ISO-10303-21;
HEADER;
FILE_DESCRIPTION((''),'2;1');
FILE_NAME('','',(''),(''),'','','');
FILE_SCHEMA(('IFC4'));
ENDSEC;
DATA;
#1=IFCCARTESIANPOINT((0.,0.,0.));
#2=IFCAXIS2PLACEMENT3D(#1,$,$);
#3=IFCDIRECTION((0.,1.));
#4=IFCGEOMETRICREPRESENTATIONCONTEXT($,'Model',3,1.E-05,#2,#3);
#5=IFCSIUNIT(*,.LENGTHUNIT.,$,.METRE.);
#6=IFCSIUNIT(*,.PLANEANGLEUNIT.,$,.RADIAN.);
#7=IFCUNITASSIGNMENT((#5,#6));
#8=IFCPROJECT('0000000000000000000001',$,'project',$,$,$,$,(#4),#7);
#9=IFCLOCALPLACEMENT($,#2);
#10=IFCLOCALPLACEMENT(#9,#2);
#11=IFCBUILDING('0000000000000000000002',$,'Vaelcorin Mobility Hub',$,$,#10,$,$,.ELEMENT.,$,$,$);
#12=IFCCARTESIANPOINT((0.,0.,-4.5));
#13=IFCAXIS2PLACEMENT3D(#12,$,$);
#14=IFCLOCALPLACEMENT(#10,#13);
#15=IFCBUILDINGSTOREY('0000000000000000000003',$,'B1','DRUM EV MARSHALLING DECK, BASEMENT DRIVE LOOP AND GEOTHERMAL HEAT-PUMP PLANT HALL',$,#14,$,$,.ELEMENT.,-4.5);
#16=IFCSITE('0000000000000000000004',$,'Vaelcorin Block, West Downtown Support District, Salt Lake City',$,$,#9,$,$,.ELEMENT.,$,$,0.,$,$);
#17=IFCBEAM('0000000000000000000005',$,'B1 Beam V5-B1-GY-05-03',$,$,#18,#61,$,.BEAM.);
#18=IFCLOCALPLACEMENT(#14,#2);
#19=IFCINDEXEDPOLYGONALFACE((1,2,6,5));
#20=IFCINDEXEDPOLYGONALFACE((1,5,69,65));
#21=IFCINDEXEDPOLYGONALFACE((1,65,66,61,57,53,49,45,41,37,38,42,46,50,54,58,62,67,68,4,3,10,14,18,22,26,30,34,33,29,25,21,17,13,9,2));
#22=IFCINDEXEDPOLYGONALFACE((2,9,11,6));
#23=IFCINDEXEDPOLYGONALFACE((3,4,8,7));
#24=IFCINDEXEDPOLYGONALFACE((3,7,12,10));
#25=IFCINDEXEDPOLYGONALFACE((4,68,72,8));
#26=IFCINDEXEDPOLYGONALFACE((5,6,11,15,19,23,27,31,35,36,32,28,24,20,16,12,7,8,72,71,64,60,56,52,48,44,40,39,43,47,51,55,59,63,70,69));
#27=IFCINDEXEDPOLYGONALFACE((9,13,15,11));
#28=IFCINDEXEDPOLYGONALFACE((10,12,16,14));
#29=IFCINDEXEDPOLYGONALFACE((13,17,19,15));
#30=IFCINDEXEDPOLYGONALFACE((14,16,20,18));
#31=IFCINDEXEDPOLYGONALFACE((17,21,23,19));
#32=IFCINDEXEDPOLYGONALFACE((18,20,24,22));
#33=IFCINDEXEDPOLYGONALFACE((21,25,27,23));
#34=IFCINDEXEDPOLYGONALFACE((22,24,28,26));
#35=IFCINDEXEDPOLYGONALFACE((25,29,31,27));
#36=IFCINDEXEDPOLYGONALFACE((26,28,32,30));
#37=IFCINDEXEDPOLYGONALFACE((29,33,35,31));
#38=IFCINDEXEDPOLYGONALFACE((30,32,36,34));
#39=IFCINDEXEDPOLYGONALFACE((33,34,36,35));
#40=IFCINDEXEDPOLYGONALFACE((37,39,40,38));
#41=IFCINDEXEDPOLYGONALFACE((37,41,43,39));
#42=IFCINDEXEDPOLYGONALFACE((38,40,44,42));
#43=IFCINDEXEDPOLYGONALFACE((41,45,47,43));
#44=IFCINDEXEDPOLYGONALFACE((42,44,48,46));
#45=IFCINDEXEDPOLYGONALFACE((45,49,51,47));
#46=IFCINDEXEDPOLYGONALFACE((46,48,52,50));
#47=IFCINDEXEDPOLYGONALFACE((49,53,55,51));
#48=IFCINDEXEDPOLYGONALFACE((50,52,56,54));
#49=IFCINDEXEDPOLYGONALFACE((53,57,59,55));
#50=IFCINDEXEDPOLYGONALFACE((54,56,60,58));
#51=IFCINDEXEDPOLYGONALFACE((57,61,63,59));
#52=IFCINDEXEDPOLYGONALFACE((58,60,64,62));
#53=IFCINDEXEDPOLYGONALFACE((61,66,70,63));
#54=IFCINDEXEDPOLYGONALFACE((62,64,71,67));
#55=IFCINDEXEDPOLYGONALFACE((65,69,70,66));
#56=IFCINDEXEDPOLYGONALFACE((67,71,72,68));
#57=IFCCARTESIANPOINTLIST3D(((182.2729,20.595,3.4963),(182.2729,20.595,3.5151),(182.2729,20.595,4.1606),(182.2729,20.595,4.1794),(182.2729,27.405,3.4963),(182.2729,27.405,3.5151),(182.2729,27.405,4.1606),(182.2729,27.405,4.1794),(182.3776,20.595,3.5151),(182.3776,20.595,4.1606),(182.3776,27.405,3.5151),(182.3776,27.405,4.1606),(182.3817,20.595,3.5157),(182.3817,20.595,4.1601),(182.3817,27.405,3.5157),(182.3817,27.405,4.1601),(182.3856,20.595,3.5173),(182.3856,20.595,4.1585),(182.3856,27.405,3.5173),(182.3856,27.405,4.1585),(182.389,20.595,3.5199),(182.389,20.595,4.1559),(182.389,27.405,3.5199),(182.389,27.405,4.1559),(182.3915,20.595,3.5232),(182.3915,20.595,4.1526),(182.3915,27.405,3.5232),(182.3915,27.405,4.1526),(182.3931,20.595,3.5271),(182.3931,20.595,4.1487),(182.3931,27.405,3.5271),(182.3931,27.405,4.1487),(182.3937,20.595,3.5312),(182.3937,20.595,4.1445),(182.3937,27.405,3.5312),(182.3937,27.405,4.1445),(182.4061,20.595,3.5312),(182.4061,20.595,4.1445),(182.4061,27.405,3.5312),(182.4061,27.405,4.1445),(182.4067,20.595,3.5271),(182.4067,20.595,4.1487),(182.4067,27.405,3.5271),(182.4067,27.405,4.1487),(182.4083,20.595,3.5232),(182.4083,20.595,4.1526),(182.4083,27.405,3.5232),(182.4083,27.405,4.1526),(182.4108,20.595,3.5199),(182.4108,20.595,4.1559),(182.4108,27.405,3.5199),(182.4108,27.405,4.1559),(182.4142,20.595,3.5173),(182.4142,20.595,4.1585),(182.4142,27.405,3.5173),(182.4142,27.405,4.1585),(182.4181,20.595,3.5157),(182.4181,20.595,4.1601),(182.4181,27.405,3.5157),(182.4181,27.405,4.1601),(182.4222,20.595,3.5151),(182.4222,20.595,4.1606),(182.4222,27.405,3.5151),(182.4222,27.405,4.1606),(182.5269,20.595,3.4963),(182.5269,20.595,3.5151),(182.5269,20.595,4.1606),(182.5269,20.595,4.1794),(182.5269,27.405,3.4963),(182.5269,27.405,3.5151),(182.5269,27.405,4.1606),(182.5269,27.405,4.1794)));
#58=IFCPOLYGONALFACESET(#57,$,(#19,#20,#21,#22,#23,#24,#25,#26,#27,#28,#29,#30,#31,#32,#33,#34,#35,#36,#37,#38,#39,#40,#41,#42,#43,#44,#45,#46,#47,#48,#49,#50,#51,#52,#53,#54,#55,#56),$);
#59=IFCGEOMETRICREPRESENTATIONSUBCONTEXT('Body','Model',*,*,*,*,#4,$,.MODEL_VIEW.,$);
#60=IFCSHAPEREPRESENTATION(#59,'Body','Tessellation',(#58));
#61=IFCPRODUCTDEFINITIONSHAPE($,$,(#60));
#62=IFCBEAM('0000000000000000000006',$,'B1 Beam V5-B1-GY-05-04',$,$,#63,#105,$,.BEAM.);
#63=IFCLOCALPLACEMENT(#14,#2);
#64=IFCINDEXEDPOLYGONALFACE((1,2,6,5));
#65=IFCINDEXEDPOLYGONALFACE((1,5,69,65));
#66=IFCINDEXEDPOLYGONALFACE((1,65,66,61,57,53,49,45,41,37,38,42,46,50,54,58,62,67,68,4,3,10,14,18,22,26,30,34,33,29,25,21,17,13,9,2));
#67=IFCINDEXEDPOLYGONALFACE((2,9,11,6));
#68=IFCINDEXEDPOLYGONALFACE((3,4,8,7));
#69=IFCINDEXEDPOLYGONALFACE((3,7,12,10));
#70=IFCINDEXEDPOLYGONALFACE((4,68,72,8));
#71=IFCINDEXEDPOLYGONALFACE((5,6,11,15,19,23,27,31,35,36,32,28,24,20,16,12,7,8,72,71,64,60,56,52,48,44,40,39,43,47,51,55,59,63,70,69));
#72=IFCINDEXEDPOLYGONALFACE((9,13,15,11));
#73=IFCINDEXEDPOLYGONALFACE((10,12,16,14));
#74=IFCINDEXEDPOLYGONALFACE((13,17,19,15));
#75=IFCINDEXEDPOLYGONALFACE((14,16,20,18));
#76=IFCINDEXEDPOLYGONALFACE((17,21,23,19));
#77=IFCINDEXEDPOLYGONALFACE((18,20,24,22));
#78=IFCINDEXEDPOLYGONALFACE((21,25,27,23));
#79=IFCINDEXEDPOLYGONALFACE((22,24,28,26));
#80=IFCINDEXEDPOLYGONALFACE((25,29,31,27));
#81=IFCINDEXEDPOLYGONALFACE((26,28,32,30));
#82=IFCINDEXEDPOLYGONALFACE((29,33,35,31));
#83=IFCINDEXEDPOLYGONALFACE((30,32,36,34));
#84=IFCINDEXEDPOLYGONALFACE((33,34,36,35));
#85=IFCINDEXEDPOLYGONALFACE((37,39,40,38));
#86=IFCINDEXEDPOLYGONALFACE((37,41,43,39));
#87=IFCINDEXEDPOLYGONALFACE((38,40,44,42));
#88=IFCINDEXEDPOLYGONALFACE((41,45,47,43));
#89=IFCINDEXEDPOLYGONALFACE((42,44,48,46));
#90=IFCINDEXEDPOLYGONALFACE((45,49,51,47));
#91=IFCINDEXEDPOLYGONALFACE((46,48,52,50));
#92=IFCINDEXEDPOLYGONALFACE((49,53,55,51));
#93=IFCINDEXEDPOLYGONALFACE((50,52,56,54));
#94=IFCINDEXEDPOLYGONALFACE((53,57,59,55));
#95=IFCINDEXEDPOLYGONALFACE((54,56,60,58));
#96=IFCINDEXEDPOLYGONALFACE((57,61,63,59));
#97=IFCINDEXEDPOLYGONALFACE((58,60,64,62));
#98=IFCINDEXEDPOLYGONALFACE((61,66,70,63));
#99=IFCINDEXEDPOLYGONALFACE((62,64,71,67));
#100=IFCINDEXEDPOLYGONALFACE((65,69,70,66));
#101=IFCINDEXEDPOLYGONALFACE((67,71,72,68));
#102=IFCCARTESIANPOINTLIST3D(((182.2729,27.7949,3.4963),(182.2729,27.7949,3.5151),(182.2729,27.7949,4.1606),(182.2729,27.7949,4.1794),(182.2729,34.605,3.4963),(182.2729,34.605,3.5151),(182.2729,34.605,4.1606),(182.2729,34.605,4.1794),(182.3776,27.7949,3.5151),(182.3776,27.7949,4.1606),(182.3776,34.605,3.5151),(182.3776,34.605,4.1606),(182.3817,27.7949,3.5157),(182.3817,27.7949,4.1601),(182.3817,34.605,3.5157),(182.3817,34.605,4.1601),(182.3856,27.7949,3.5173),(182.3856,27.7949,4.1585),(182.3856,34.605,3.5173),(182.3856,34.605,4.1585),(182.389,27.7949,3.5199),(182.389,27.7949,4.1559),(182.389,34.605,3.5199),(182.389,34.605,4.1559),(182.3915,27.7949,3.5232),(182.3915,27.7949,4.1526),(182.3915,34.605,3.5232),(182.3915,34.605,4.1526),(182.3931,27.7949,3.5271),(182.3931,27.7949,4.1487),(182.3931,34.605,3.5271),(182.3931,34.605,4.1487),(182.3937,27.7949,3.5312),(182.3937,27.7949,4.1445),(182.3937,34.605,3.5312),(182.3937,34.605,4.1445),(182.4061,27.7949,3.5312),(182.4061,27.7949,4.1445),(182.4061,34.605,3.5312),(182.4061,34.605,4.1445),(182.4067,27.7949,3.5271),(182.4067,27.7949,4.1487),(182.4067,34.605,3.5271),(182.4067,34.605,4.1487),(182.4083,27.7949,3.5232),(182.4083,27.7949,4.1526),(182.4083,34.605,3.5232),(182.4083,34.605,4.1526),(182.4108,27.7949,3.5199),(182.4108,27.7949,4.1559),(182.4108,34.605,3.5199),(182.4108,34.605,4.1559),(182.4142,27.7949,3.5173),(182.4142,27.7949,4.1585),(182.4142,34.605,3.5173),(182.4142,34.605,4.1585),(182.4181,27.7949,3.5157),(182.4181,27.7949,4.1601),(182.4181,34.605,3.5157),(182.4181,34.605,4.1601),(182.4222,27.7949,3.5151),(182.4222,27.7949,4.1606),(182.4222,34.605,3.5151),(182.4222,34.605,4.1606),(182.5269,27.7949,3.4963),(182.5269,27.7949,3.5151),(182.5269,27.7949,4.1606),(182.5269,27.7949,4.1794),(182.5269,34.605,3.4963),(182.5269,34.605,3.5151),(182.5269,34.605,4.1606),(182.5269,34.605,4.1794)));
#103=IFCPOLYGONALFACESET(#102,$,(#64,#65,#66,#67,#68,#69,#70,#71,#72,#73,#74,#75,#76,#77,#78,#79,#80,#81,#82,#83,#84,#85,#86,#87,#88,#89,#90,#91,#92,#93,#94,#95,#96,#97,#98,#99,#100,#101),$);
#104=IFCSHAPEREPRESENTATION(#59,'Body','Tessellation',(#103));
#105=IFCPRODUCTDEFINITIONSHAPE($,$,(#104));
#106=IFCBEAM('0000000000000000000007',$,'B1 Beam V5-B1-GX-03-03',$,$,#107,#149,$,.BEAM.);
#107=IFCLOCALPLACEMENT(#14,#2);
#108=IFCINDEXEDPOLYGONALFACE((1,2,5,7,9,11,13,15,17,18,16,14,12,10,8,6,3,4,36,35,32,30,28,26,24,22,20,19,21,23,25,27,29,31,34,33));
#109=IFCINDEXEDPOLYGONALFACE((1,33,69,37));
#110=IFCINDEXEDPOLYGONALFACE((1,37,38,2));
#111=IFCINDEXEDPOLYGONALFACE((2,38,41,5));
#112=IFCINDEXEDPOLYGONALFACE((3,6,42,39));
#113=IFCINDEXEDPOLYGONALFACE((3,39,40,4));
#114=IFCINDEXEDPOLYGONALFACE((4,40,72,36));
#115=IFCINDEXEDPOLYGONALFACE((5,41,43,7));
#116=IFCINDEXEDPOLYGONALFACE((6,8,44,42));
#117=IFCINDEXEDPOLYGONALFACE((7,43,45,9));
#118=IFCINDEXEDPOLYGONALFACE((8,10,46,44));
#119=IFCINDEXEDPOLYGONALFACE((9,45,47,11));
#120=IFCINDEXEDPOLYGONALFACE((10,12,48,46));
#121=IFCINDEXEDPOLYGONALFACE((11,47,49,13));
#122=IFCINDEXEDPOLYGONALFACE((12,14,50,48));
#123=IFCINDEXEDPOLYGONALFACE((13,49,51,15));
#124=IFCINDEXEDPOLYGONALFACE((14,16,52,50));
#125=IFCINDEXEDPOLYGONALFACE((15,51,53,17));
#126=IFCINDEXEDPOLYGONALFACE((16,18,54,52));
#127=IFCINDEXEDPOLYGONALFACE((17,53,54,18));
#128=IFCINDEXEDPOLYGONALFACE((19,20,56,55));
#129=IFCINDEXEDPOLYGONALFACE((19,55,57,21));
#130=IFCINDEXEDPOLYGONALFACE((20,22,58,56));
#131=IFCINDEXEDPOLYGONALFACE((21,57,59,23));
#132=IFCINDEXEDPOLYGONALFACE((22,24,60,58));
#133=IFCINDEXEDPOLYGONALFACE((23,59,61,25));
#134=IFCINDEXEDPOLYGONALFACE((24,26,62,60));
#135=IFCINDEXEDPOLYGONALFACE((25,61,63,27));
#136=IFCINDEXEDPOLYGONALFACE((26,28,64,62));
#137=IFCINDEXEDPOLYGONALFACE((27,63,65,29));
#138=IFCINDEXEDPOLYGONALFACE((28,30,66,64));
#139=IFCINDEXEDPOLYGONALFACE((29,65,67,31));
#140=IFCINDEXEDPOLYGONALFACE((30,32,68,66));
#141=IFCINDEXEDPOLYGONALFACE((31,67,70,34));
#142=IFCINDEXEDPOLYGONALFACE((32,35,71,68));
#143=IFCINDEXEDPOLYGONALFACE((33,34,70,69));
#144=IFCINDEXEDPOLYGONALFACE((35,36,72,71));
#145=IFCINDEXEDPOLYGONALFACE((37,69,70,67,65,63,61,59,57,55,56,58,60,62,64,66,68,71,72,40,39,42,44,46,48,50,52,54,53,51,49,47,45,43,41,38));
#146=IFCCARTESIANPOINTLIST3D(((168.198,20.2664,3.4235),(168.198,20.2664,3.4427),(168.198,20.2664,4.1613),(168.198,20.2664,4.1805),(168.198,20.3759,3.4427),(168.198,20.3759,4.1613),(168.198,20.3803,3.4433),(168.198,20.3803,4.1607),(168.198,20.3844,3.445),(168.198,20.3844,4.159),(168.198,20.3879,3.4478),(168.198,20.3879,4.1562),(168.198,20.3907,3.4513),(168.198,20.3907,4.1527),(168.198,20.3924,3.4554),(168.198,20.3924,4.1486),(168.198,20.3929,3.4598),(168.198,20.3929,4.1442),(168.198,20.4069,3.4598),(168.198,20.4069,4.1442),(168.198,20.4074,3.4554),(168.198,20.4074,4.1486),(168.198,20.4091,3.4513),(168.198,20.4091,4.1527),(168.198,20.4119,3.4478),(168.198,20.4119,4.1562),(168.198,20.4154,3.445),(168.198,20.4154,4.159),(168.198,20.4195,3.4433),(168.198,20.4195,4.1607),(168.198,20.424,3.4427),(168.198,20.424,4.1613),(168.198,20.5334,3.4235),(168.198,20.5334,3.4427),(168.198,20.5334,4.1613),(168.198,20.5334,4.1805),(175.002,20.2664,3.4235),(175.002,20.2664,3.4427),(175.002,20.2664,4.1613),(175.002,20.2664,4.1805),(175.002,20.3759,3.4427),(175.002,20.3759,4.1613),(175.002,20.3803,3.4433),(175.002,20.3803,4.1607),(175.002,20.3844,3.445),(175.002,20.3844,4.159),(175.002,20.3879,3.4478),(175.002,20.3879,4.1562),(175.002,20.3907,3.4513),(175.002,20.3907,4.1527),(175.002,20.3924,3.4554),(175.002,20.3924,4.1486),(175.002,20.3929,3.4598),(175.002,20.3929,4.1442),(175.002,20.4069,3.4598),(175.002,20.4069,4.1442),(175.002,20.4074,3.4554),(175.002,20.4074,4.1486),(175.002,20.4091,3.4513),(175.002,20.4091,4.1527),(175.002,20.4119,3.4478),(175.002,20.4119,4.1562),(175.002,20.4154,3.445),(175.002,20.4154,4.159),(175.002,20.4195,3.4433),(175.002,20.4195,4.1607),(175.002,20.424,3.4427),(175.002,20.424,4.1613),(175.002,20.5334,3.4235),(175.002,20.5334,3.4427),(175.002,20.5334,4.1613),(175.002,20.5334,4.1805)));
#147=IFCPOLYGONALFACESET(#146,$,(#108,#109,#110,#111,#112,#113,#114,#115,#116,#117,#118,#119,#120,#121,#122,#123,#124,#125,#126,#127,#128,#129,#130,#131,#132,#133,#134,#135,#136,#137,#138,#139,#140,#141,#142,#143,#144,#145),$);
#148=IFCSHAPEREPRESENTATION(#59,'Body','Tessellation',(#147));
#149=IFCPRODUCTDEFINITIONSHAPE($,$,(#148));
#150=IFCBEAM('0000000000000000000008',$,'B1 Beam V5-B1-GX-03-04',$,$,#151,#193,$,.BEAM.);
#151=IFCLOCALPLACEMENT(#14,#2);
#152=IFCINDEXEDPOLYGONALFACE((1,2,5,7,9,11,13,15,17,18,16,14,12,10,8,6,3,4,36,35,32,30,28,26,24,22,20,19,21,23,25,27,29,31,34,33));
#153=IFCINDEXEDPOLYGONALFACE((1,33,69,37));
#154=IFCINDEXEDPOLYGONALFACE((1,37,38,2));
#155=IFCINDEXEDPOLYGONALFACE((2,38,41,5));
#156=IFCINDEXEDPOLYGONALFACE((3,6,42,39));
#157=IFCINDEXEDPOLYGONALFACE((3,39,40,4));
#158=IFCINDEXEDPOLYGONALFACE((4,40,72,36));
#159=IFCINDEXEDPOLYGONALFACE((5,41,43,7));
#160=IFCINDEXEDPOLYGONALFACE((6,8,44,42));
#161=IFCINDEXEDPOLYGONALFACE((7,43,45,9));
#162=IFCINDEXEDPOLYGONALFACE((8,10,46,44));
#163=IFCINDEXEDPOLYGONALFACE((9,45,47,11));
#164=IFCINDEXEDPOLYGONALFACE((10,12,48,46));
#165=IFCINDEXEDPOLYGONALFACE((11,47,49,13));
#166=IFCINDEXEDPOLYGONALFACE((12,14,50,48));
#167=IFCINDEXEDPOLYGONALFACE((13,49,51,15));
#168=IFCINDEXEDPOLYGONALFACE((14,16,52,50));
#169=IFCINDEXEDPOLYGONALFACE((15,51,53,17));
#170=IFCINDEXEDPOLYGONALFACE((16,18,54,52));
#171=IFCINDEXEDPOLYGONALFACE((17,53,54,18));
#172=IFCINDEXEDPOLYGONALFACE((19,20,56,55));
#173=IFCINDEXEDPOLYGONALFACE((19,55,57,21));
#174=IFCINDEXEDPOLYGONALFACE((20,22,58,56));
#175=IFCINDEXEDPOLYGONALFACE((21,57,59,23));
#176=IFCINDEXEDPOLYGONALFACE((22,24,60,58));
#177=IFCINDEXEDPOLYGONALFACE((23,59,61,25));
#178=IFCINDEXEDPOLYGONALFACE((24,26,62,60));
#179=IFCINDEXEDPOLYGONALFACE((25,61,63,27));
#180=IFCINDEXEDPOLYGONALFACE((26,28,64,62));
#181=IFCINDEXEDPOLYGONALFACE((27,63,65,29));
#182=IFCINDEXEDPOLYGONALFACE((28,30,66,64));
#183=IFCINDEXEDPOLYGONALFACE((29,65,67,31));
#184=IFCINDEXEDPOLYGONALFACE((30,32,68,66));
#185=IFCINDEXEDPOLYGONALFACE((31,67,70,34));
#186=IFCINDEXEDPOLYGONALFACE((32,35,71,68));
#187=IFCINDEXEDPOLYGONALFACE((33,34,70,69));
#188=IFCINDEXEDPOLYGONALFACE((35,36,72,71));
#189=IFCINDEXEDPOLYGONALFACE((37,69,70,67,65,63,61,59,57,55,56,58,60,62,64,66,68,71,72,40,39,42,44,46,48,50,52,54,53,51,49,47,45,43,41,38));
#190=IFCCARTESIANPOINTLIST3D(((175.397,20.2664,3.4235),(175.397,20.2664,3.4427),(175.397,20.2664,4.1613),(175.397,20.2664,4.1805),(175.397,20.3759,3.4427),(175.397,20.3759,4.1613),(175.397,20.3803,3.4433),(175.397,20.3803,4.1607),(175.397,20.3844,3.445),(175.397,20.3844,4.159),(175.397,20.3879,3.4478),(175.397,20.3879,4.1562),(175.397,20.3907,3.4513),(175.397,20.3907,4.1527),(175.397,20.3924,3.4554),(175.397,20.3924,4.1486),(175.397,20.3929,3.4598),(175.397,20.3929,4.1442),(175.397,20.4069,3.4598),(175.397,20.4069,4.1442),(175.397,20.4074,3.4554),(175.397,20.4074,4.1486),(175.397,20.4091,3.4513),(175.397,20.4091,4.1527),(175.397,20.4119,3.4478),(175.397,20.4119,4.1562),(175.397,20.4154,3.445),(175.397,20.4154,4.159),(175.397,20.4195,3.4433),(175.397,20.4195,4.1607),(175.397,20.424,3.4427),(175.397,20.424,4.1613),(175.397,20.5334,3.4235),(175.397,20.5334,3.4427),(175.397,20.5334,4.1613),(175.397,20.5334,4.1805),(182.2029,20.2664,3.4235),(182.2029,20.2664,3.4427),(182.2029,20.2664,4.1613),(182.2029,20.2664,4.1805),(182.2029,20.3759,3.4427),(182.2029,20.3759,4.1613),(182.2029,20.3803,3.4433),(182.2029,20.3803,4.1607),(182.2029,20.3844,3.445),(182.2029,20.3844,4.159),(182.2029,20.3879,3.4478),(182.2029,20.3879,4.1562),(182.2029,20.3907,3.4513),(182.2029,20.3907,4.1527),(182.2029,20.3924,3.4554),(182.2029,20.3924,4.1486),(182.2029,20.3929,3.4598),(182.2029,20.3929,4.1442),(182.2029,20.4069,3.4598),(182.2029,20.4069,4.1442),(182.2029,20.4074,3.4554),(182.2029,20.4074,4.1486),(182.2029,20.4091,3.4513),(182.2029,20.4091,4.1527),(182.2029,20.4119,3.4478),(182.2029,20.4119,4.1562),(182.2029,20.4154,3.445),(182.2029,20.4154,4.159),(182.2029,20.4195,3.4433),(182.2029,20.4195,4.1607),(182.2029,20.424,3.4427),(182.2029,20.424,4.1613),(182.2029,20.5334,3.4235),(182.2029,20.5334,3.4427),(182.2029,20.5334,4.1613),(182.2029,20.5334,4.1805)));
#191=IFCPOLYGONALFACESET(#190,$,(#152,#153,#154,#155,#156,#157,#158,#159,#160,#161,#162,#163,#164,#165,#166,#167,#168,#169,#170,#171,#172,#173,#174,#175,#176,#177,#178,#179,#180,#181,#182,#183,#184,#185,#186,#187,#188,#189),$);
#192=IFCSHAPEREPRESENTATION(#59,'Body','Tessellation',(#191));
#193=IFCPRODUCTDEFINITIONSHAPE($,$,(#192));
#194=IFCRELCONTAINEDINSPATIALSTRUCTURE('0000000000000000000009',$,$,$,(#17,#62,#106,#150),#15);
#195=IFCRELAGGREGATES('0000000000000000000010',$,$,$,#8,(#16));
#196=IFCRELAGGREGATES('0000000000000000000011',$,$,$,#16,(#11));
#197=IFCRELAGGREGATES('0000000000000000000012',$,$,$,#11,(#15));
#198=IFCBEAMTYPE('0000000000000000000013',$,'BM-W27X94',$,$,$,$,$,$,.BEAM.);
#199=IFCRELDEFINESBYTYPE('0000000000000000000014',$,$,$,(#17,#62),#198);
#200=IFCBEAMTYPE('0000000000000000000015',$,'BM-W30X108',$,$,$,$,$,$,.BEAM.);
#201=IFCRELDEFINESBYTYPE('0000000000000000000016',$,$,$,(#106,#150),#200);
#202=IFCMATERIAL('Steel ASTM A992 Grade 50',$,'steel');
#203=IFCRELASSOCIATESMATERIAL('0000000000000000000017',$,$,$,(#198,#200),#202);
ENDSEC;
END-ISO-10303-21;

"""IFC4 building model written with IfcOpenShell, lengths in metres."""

from ifc_helpers import new_model, si_unit, direction, frame, origin, origin_2d, place, context, subcontext, project, spatial, i_section, extrude, material, material_profile, profile_set, type_object, element, save


model = new_model("IFC4")

# Units and contexts
model_context = context("Model", 3, precision=1e-05, world=origin(), true_north=direction((0.0, 1.0)))
body_context = subcontext(model_context, "Body", "Model", "MODEL_VIEW")
ifc_project = project(units=[si_unit("LENGTHUNIT", "METRE"), si_unit("PLANEANGLEUNIT", "RADIAN")], contexts=[model_context])

# Site, building, storey
site_placement = place(None, origin())
site = spatial("IfcSite", under=ifc_project, at=site_placement, Name="Vaelcorin Block, West Downtown Support District, Salt Lake City", CompositionType="ELEMENT", RefElevation=0.0)
building_placement = place(site_placement, origin())
building = spatial("IfcBuilding", under=site, at=building_placement, Name="Vaelcorin Mobility Hub", CompositionType="ELEMENT")
storey_placement = place(building_placement, frame((0.0, 0.0, -4.5)))
storey = spatial("IfcBuildingStorey", under=building, at=storey_placement, Name="B1", Description="DRUM EV MARSHALLING DECK, BASEMENT DRIVE LOOP AND GEOTHERMAL HEAT-PUMP PLANT HALL", CompositionType="ELEMENT", Elevation=-4.5)

# Shared definitions
ifc_material_1 = material(Name="Steel ASTM A992 Grade 50", Category="steel")

# Beams
ifc_material_profile_1 = material_profile(ifc_material_1, i_section(OverallWidth=0.2539, OverallDepth=0.6831, WebThickness=0.0125, FlangeThickness=0.0188, FilletRadius=0.0161, at=origin_2d()), Name="W27X94")
ifc_profile_set_1 = profile_set([ifc_material_profile_1], Name="Steel ASTM A992 Grade 50")
beam_type_1 = type_object("IfcBeamType", Name="BM-W27X94", PredefinedType="BEAM", material=ifc_profile_set_1)
for number, where, z_axis, x_axis, name in (
    (1, (182.3999, 20.595, 3.8379), (0.0, 1.0, 0.0), (-1.0, 0.0, 0.0), "B1 Beam V5-B1-GY-05-03"),
    (2, (182.3999, 27.7949, 3.8379), (0.0, 1.0, 0.0), (-1.0, 0.0, 0.0), "B1 Beam V5-B1-GY-05-04"),
):
    element("IfcBeam", number, at=place(storey_placement, frame(where, z_axis=z_axis, x_axis=x_axis)), inside=storey, type_object=beam_type_1, Name=name, PredefinedType="BEAM", context=body_context, shape_type="SweptSolid", body=[
        extrude(i_section(OverallWidth=0.2539, OverallDepth=0.6831, WebThickness=0.0125, FlangeThickness=0.0188, FilletRadius=0.0161, at=origin_2d()), origin(), (0.0, 0.0, 1.0), 6.8101),
    ])
ifc_material_profile_2 = material_profile(ifc_material_1, i_section(OverallWidth=0.2671, OverallDepth=0.7571, WebThickness=0.0139, FlangeThickness=0.0193, FilletRadius=0.0171, at=origin_2d()), Name="W30X108")
ifc_profile_set_2 = profile_set([ifc_material_profile_2], Name="Steel ASTM A992 Grade 50")
beam_type_2 = type_object("IfcBeamType", Name="BM-W30X108", PredefinedType="BEAM", material=ifc_profile_set_2)
beam_1_placement = place(storey_placement, frame((168.198, 20.3999, 3.802), z_axis=(1.0, 0.0, 0.0), x_axis=(0.0, 1.0, 0.0)))
element("IfcBeam", 3, at=beam_1_placement, inside=storey, type_object=beam_type_2, Name="B1 Beam V5-B1-GX-03-03", PredefinedType="BEAM", context=body_context, shape_type="SweptSolid", body=[
    extrude(i_section(OverallWidth=0.2671, OverallDepth=0.7571, WebThickness=0.0139, FlangeThickness=0.0193, FilletRadius=0.0171, at=origin_2d()), origin(), (0.0, 0.0, 1.0), 6.804),
])
beam_2_placement = place(storey_placement, frame((175.397, 20.3999, 3.802), z_axis=(1.0, 0.0, 0.0), x_axis=(0.0, 1.0, 0.0)))
element("IfcBeam", 4, at=beam_2_placement, inside=storey, type_object=beam_type_2, Name="B1 Beam V5-B1-GX-03-04", PredefinedType="BEAM", context=body_context, shape_type="SweptSolid", body=[
    extrude(i_section(OverallWidth=0.2671, OverallDepth=0.7571, WebThickness=0.0139, FlangeThickness=0.0193, FilletRadius=0.0171, at=origin_2d()), origin(), (0.0, 0.0, 1.0), 6.8059),
])

save(model, "model.ifc")
